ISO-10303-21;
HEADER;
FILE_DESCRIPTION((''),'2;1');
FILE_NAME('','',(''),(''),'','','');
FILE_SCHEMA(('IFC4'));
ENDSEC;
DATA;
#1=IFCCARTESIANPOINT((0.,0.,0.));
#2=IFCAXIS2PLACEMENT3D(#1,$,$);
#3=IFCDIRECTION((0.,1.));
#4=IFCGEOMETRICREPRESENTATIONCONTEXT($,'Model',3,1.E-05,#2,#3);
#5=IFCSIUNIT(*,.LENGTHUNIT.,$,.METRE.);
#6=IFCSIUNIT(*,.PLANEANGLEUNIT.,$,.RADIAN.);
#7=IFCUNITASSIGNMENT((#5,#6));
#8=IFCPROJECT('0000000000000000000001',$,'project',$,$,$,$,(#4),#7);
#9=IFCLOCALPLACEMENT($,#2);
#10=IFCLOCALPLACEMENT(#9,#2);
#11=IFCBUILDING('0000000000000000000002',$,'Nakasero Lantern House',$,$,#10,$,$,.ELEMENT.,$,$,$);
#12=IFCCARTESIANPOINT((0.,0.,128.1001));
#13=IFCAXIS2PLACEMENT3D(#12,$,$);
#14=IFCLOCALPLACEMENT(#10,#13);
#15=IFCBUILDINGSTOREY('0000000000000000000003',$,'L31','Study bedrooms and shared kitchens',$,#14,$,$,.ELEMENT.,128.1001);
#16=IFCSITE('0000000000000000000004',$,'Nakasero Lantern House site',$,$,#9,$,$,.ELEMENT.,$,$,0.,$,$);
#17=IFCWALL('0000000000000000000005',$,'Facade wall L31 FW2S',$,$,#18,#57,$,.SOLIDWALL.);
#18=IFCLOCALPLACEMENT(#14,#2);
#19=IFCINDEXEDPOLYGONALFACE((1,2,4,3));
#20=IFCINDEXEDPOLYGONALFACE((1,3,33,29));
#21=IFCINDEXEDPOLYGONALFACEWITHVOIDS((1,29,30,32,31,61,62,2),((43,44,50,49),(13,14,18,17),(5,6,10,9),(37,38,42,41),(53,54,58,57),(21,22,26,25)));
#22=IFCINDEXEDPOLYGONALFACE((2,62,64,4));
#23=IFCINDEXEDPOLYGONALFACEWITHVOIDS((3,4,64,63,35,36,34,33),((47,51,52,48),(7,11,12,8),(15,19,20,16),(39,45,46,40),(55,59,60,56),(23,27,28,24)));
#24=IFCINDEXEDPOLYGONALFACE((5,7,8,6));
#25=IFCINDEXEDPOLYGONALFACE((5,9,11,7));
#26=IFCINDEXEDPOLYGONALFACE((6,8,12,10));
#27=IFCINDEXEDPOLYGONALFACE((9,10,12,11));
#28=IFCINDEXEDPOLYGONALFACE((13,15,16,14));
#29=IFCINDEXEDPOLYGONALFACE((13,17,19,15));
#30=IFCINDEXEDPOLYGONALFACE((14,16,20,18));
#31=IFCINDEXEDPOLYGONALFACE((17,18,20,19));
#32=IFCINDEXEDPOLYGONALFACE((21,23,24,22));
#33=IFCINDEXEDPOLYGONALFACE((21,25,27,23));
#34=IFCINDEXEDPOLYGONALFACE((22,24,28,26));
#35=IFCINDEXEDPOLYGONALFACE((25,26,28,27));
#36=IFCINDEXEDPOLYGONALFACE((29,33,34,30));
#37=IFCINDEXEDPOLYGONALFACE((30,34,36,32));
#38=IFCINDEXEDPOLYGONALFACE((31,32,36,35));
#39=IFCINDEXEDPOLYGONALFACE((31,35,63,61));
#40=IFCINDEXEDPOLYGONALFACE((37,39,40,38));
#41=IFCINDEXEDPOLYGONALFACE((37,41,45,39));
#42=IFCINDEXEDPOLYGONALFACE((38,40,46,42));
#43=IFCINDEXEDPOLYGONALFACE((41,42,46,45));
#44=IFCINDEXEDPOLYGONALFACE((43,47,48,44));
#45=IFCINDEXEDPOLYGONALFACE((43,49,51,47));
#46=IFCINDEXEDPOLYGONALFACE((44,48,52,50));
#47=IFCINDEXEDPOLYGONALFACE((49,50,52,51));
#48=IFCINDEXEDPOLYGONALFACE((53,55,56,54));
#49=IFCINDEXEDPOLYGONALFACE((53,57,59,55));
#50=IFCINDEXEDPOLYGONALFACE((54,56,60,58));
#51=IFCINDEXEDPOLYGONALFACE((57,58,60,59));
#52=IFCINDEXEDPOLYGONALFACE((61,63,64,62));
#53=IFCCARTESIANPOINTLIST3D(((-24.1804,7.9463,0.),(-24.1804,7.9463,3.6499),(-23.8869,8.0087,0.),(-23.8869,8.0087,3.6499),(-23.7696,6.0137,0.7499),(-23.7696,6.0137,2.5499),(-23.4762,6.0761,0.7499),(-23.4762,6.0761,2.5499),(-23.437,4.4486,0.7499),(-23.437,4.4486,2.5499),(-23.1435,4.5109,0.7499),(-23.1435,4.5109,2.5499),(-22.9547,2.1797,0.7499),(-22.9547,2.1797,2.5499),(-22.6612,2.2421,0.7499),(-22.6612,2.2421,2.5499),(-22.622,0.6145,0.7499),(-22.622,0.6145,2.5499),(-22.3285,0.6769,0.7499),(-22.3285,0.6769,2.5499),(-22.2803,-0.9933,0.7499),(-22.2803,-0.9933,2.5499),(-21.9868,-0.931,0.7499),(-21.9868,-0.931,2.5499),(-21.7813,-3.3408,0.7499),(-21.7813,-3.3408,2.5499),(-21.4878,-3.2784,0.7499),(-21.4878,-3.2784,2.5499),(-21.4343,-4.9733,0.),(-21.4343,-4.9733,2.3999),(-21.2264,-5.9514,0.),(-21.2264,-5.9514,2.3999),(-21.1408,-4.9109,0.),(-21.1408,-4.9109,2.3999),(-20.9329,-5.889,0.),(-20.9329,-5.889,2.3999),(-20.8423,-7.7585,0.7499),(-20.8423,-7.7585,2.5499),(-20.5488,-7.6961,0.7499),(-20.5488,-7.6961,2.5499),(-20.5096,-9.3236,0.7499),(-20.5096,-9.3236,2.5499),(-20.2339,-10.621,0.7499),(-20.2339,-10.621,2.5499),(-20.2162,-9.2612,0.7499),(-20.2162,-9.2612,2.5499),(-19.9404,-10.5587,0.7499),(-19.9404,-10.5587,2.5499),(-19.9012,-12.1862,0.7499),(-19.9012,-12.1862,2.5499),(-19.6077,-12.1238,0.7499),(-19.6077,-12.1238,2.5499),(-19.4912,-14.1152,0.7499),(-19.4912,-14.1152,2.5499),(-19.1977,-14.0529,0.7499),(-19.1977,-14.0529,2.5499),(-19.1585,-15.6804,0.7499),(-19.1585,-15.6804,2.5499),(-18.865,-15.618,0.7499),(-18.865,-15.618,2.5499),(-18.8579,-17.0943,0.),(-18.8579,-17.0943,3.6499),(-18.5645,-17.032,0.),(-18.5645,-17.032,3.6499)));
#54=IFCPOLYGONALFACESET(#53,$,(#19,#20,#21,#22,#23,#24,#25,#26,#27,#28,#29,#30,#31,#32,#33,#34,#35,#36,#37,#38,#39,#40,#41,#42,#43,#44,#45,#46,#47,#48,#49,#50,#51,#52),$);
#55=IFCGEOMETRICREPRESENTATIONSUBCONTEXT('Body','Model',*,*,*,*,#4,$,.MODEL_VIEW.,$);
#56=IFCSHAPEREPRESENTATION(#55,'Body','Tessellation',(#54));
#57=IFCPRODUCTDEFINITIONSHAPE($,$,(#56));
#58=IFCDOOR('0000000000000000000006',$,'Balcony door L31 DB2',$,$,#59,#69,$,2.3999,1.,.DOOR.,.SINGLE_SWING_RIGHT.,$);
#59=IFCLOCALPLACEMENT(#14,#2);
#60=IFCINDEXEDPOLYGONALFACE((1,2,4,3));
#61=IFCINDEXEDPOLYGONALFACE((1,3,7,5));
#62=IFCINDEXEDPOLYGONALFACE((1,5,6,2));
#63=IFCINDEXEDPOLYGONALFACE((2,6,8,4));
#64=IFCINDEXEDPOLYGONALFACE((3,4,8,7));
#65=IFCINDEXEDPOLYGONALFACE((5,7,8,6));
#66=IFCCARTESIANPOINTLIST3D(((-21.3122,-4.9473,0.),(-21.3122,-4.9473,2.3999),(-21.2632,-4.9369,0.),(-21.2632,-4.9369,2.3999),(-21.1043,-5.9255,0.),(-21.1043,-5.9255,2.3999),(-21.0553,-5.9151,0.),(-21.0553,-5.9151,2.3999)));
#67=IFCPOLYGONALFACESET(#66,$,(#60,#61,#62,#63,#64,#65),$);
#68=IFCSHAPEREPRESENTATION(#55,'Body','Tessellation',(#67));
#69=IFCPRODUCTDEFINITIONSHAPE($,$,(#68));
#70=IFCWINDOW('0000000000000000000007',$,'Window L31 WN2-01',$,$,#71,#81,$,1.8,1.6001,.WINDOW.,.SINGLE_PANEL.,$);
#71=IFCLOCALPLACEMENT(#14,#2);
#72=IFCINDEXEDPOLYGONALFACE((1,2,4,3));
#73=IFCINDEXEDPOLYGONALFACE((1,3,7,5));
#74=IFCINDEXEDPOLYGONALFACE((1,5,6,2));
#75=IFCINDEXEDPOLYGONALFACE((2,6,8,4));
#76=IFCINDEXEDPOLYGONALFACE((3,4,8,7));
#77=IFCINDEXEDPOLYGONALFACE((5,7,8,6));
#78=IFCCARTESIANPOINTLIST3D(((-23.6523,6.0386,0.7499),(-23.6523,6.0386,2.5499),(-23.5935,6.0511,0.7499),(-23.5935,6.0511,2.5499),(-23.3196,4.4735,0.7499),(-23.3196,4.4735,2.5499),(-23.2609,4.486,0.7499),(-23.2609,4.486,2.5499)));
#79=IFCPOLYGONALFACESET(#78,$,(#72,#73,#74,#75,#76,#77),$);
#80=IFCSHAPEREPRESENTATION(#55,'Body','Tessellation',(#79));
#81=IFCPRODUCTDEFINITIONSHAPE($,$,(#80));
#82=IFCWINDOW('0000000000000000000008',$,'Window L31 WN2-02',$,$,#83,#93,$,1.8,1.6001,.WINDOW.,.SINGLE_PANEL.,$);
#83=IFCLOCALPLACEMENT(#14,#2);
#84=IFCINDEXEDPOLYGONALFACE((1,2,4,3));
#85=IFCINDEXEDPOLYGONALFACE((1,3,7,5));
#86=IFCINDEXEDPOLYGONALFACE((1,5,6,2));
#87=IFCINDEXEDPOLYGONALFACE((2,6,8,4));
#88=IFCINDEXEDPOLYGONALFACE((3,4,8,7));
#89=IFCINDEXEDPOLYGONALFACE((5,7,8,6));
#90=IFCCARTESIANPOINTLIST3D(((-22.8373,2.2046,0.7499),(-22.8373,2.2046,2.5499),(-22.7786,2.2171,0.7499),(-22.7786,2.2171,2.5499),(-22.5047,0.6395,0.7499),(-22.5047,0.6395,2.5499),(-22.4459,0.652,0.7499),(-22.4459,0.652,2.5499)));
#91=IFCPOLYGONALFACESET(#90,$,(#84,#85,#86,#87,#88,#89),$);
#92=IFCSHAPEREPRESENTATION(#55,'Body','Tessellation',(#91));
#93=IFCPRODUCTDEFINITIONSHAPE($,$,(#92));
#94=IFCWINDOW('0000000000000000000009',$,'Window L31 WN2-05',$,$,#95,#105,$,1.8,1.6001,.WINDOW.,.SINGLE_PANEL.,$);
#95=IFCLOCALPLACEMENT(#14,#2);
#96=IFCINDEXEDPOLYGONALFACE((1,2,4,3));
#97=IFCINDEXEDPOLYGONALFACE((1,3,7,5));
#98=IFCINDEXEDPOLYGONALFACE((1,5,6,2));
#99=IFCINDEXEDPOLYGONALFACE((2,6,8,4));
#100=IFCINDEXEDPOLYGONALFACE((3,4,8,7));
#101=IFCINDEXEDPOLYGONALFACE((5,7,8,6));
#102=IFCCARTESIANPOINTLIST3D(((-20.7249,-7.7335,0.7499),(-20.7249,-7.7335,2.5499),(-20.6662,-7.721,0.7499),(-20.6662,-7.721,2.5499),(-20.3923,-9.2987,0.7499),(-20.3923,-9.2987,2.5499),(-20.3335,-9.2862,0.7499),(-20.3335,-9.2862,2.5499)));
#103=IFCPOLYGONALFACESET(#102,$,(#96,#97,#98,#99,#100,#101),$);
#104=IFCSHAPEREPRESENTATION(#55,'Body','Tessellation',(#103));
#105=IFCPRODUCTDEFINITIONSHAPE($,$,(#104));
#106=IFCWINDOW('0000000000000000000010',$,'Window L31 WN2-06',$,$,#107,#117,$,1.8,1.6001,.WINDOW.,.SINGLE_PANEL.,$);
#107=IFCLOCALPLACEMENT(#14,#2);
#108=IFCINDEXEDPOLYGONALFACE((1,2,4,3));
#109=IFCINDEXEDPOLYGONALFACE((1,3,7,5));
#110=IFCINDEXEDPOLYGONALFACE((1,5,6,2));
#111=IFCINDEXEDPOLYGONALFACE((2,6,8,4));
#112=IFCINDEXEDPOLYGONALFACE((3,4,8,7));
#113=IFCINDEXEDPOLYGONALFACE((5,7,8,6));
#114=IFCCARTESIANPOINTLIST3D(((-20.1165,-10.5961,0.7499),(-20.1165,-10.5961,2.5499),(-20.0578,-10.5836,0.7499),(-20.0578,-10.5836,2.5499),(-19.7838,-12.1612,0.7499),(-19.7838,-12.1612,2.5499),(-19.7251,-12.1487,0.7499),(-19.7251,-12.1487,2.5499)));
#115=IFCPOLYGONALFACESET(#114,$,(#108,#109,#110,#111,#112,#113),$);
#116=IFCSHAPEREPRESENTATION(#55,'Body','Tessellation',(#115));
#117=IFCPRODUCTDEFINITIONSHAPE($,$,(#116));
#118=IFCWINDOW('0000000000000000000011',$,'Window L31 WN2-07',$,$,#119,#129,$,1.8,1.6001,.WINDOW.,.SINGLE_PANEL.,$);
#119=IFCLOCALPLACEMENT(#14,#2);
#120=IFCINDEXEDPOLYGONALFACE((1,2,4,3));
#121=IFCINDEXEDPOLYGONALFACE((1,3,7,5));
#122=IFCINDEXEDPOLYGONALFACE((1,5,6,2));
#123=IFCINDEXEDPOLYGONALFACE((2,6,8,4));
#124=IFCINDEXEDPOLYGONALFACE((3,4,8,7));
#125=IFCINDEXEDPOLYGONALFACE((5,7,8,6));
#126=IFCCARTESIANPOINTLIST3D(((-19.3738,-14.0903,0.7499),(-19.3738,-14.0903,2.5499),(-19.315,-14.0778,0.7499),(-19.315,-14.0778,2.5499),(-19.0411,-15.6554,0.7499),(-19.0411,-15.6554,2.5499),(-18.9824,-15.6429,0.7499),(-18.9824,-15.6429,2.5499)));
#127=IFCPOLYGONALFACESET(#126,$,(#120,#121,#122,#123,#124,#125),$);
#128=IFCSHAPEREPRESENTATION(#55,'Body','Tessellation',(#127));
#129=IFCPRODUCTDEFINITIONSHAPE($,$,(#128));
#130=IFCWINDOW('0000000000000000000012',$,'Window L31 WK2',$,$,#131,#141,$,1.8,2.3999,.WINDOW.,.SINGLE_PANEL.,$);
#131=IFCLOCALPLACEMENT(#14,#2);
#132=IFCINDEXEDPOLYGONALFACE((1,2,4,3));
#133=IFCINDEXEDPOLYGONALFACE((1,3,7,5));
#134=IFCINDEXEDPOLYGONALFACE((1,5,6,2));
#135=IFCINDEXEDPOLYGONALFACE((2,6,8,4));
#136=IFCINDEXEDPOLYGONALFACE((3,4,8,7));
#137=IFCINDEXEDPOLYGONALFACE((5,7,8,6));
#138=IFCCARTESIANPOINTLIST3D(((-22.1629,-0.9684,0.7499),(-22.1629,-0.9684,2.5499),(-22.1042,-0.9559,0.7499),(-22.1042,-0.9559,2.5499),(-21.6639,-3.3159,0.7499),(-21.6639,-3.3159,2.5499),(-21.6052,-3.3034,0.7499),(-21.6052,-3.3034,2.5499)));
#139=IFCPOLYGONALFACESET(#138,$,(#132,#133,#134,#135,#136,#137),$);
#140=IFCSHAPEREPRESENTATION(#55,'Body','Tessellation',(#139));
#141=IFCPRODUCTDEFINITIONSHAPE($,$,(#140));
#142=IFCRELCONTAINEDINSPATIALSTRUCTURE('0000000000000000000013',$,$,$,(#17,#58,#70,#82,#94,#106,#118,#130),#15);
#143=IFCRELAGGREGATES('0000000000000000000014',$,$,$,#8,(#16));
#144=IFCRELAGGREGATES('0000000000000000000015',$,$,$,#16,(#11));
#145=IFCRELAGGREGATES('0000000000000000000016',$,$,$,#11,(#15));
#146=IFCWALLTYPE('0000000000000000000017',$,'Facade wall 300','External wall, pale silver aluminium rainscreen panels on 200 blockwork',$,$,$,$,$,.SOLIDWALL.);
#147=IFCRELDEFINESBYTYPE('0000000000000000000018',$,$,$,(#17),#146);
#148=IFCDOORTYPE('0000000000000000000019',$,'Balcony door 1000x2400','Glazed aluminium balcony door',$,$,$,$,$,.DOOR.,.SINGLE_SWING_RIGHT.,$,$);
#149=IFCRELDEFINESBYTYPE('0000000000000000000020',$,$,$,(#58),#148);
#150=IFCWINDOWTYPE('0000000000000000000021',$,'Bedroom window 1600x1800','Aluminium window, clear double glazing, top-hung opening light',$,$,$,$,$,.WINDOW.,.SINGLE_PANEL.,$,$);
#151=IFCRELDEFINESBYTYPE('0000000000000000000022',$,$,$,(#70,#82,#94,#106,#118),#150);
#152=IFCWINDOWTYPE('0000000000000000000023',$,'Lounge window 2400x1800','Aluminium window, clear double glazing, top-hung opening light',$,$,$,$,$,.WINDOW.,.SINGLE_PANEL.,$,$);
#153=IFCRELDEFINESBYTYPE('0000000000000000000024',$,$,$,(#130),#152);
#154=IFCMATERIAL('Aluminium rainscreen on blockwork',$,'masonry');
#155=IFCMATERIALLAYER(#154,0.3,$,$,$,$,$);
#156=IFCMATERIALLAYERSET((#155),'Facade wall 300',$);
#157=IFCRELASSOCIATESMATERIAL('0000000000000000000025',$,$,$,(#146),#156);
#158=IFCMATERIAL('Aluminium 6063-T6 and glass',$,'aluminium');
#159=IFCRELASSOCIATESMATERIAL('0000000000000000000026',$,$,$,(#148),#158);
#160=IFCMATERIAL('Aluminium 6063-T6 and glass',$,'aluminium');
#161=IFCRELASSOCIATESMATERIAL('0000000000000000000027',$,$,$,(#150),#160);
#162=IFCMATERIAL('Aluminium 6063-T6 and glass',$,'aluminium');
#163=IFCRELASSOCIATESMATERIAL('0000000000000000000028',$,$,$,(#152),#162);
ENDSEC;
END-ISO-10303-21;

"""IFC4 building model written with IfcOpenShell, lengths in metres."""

from ifc_helpers import new_model, si_unit, direction, frame, frame_2d, origin, place, context, subcontext, project, spatial, rectangle, extrude, material, layer, layer_set, type_object, element, fill, save


model = new_model("IFC4")

# Units and contexts
model_context = context("Model", 3, precision=1e-05, world=origin(), true_north=direction((0.0, 1.0)))
body_context = subcontext(model_context, "Body", "Model", "MODEL_VIEW")
ifc_project = project(units=[si_unit("LENGTHUNIT", "METRE"), si_unit("PLANEANGLEUNIT", "RADIAN")], contexts=[model_context])

# Site, building, storey
site_placement = place(None, origin())
site = spatial("IfcSite", under=ifc_project, at=site_placement, Name="Nakasero Lantern House site", CompositionType="ELEMENT", RefElevation=0.0)
building_placement = place(site_placement, origin())
building = spatial("IfcBuilding", under=site, at=building_placement, Name="Nakasero Lantern House", CompositionType="ELEMENT")
storey_placement = place(building_placement, frame((0.0, 0.0, 128.1001)))
storey = spatial("IfcBuildingStorey", under=building, at=storey_placement, Name="L31", Description="Study bedrooms and shared kitchens", CompositionType="ELEMENT", Elevation=128.1001)

# Wall, openings, door, windows
ifc_material_1 = material(Name="Aluminium rainscreen on blockwork", Category="masonry")
ifc_layer_1 = layer(ifc_material_1, 0.3)
ifc_layer_set_1 = layer_set([ifc_layer_1], Name="Facade wall 300")
wall_type_1 = type_object("IfcWallType", Name="Facade wall 300", Description="External wall, pale silver aluminium rainscreen panels on 200 blockwork", PredefinedType="SOLIDWALL", material=ifc_layer_set_1)
wall_1_placement = place(storey_placement, frame((-24.0337, 7.9775, 0.0), z_axis=(0.0, 0.0, 1.0), x_axis=(0.207909, -0.978148, 0.0)))
wall_1 = element("IfcWall", 1, at=wall_1_placement, inside=storey, type_object=wall_type_1, Name="Facade wall L31 FW2S", PredefinedType="SOLIDWALL", context=body_context, shape_type="SweptSolid", body=[
    extrude(rectangle(XDim=25.6001, YDim=0.3, at=frame_2d((12.8, 0.0))), origin(), (0.0, 0.0, 1.0), 3.6499),
])
opening_1_placement = place(wall_1_placement, frame((1.9758, 0.0, 0.75)))
opening_1 = element("IfcOpeningElement", 2, at=opening_1_placement, cuts=wall_1, PredefinedType="OPENING", context=body_context, shape_type="SweptSolid", body=[
    extrude(rectangle(XDim=1.6001, YDim=1.8, at=frame_2d((0.8, 0.8999))), frame((0.0, 0.1699, 0.0), z_axis=(0.0, -1.0, 0.0), x_axis=(1.0, 0.0, 0.0)), (0.0, 0.0, 1.0), 0.3401),
])
opening_2_placement = place(wall_1_placement, frame((5.8955, 0.0, 0.75)))
opening_2 = element("IfcOpeningElement", 3, at=opening_2_placement, cuts=wall_1, PredefinedType="OPENING", context=body_context, shape_type="SweptSolid", body=[
    extrude(rectangle(XDim=1.6001, YDim=1.8, at=frame_2d((0.8, 0.8999))), frame((0.0, 0.1699, 0.0), z_axis=(0.0, -1.0, 0.0), x_axis=(1.0, 0.0, 0.0)), (0.0, 0.0, 1.0), 0.3401),
])
opening_3_placement = place(wall_1_placement, frame((16.0557, 0.0, 0.75)))
opening_3 = element("IfcOpeningElement", 4, at=opening_3_placement, cuts=wall_1, PredefinedType="OPENING", context=body_context, shape_type="SweptSolid", body=[
    extrude(rectangle(XDim=1.6001, YDim=1.8, at=frame_2d((0.8, 0.8999))), frame((0.0, 0.1699, 0.0), z_axis=(0.0, -1.0, 0.0), x_axis=(1.0, 0.0, 0.0)), (0.0, 0.0, 1.0), 0.3401),
])
opening_4_placement = place(wall_1_placement, frame((18.9822, 0.0, 0.75)))
opening_4 = element("IfcOpeningElement", 5, at=opening_4_placement, cuts=wall_1, PredefinedType="OPENING", context=body_context, shape_type="SweptSolid", body=[
    extrude(rectangle(XDim=1.6001, YDim=1.8, at=frame_2d((0.8, 0.8999))), frame((0.0, 0.1699, 0.0), z_axis=(0.0, -1.0, 0.0), x_axis=(1.0, 0.0, 0.0)), (0.0, 0.0, 1.0), 0.3401),
])
opening_5_placement = place(wall_1_placement, frame((22.5544, 0.0, 0.75)))
opening_5 = element("IfcOpeningElement", 6, at=opening_5_placement, cuts=wall_1, PredefinedType="OPENING", context=body_context, shape_type="SweptSolid", body=[
    extrude(rectangle(XDim=1.6001, YDim=1.8, at=frame_2d((0.8, 0.8999))), frame((0.0, 0.1699, 0.0), z_axis=(0.0, -1.0, 0.0), x_axis=(1.0, 0.0, 0.0)), (0.0, 0.0, 1.0), 0.3401),
])
opening_6_placement = place(wall_1_placement, frame((9.1394, 0.0, 0.75)))
opening_6 = element("IfcOpeningElement", 7, at=opening_6_placement, cuts=wall_1, PredefinedType="OPENING", context=body_context, shape_type="SweptSolid", body=[
    extrude(rectangle(XDim=2.3999, YDim=1.8, at=frame_2d((1.2, 0.8999))), frame((0.0, 0.1699, 0.0), z_axis=(0.0, -1.0, 0.0), x_axis=(1.0, 0.0, 0.0)), (0.0, 0.0, 1.0), 0.3401),
])
opening_7_placement = place(wall_1_placement, frame((13.2083, 0.0, 0.0)))
opening_7 = element("IfcOpeningElement", 8, at=opening_7_placement, cuts=wall_1, PredefinedType="OPENING", context=body_context, shape_type="SweptSolid", body=[
    extrude(rectangle(XDim=1.0, YDim=2.3999, at=frame_2d((0.5, 1.2))), frame((0.0, 0.1699, 0.0), z_axis=(0.0, -1.0, 0.0), x_axis=(1.0, 0.0, 0.0)), (0.0, 0.0, 1.0), 0.3401),
])
ifc_material_2 = material(Name="Aluminium 6063-T6 and glass", Category="aluminium")
door_type = type_object("IfcDoorType", Name="Balcony door 1000x2400", Description="Glazed aluminium balcony door", OperationType="SINGLE_SWING_RIGHT", PredefinedType="DOOR", material=ifc_material_2)
door_placement = place(opening_7_placement, origin())
door = element("IfcDoor", 9, at=door_placement, inside=storey, type_object=door_type, Name="Balcony door L31 DB2", OperationType="SINGLE_SWING_RIGHT", OverallHeight=2.3999, OverallWidth=1.0, PredefinedType="DOOR", context=body_context, shape_type="SweptSolid", body=[
    extrude(rectangle(XDim=1.0, YDim=2.3999, at=frame_2d((0.5, 1.2))), frame((0.0, 0.0249, 0.0), z_axis=(0.0, -1.0, 0.0), x_axis=(1.0, 0.0, 0.0)), (0.0, 0.0, 1.0), 0.05),
])
fill(opening_7, door)
ifc_material_3 = material(Name="Aluminium 6063-T6 and glass", Category="aluminium")
window_type_1 = type_object("IfcWindowType", Name="Bedroom window 1600x1800", Description="Aluminium window, clear double glazing, top-hung opening light", PartitioningType="SINGLE_PANEL", PredefinedType="WINDOW", material=ifc_material_3)
window_1_placement = place(opening_1_placement, origin())
window_1 = element("IfcWindow", 10, at=window_1_placement, inside=storey, type_object=window_type_1, Name="Window L31 WN2-01", OverallHeight=1.8, OverallWidth=1.6001, PartitioningType="SINGLE_PANEL", PredefinedType="WINDOW", context=body_context, shape_type="SweptSolid", body=[
    extrude(rectangle(XDim=1.6001, YDim=1.8, at=frame_2d((0.8, 0.8999))), frame((0.0, 0.03, 0.0), z_axis=(0.0, -1.0, 0.0), x_axis=(1.0, 0.0, 0.0)), (0.0, 0.0, 1.0), 0.0601),
])
fill(opening_1, window_1)
window_2_placement = place(opening_2_placement, origin())
window_2 = element("IfcWindow", 11, at=window_2_placement, inside=storey, type_object=window_type_1, Name="Window L31 WN2-02", OverallHeight=1.8, OverallWidth=1.6001, PartitioningType="SINGLE_PANEL", PredefinedType="WINDOW", context=body_context, shape_type="SweptSolid", body=[
    extrude(rectangle(XDim=1.6001, YDim=1.8, at=frame_2d((0.8, 0.8999))), frame((0.0, 0.03, 0.0), z_axis=(0.0, -1.0, 0.0), x_axis=(1.0, 0.0, 0.0)), (0.0, 0.0, 1.0), 0.0601),
])
fill(opening_2, window_2)
window_3_placement = place(opening_3_placement, origin())
window_3 = element("IfcWindow", 12, at=window_3_placement, inside=storey, type_object=window_type_1, Name="Window L31 WN2-05", OverallHeight=1.8, OverallWidth=1.6001, PartitioningType="SINGLE_PANEL", PredefinedType="WINDOW", context=body_context, shape_type="SweptSolid", body=[
    extrude(rectangle(XDim=1.6001, YDim=1.8, at=frame_2d((0.8, 0.8999))), frame((0.0, 0.03, 0.0), z_axis=(0.0, -1.0, 0.0), x_axis=(1.0, 0.0, 0.0)), (0.0, 0.0, 1.0), 0.0601),
])
fill(opening_3, window_3)
window_4_placement = place(opening_4_placement, origin())
window_4 = element("IfcWindow", 13, at=window_4_placement, inside=storey, type_object=window_type_1, Name="Window L31 WN2-06", OverallHeight=1.8, OverallWidth=1.6001, PartitioningType="SINGLE_PANEL", PredefinedType="WINDOW", context=body_context, shape_type="SweptSolid", body=[
    extrude(rectangle(XDim=1.6001, YDim=1.8, at=frame_2d((0.8, 0.8999))), frame((0.0, 0.03, 0.0), z_axis=(0.0, -1.0, 0.0), x_axis=(1.0, 0.0, 0.0)), (0.0, 0.0, 1.0), 0.0601),
])
fill(opening_4, window_4)
window_5_placement = place(opening_5_placement, origin())
window_5 = element("IfcWindow", 14, at=window_5_placement, inside=storey, type_object=window_type_1, Name="Window L31 WN2-07", OverallHeight=1.8, OverallWidth=1.6001, PartitioningType="SINGLE_PANEL", PredefinedType="WINDOW", context=body_context, shape_type="SweptSolid", body=[
    extrude(rectangle(XDim=1.6001, YDim=1.8, at=frame_2d((0.8, 0.8999))), frame((0.0, 0.03, 0.0), z_axis=(0.0, -1.0, 0.0), x_axis=(1.0, 0.0, 0.0)), (0.0, 0.0, 1.0), 0.0601),
])
fill(opening_5, window_5)
ifc_material_4 = material(Name="Aluminium 6063-T6 and glass", Category="aluminium")
window_type_2 = type_object("IfcWindowType", Name="Lounge window 2400x1800", Description="Aluminium window, clear double glazing, top-hung opening light", PartitioningType="SINGLE_PANEL", PredefinedType="WINDOW", material=ifc_material_4)
window_6_placement = place(opening_6_placement, origin())
window_6 = element("IfcWindow", 15, at=window_6_placement, inside=storey, type_object=window_type_2, Name="Window L31 WK2", OverallHeight=1.8, OverallWidth=2.3999, PartitioningType="SINGLE_PANEL", PredefinedType="WINDOW", context=body_context, shape_type="SweptSolid", body=[
    extrude(rectangle(XDim=2.3999, YDim=1.8, at=frame_2d((1.2, 0.8999))), frame((0.0, 0.03, 0.0), z_axis=(0.0, -1.0, 0.0), x_axis=(1.0, 0.0, 0.0)), (0.0, 0.0, 1.0), 0.0601),
])
fill(opening_6, window_6)

save(model, "model.ifc")
